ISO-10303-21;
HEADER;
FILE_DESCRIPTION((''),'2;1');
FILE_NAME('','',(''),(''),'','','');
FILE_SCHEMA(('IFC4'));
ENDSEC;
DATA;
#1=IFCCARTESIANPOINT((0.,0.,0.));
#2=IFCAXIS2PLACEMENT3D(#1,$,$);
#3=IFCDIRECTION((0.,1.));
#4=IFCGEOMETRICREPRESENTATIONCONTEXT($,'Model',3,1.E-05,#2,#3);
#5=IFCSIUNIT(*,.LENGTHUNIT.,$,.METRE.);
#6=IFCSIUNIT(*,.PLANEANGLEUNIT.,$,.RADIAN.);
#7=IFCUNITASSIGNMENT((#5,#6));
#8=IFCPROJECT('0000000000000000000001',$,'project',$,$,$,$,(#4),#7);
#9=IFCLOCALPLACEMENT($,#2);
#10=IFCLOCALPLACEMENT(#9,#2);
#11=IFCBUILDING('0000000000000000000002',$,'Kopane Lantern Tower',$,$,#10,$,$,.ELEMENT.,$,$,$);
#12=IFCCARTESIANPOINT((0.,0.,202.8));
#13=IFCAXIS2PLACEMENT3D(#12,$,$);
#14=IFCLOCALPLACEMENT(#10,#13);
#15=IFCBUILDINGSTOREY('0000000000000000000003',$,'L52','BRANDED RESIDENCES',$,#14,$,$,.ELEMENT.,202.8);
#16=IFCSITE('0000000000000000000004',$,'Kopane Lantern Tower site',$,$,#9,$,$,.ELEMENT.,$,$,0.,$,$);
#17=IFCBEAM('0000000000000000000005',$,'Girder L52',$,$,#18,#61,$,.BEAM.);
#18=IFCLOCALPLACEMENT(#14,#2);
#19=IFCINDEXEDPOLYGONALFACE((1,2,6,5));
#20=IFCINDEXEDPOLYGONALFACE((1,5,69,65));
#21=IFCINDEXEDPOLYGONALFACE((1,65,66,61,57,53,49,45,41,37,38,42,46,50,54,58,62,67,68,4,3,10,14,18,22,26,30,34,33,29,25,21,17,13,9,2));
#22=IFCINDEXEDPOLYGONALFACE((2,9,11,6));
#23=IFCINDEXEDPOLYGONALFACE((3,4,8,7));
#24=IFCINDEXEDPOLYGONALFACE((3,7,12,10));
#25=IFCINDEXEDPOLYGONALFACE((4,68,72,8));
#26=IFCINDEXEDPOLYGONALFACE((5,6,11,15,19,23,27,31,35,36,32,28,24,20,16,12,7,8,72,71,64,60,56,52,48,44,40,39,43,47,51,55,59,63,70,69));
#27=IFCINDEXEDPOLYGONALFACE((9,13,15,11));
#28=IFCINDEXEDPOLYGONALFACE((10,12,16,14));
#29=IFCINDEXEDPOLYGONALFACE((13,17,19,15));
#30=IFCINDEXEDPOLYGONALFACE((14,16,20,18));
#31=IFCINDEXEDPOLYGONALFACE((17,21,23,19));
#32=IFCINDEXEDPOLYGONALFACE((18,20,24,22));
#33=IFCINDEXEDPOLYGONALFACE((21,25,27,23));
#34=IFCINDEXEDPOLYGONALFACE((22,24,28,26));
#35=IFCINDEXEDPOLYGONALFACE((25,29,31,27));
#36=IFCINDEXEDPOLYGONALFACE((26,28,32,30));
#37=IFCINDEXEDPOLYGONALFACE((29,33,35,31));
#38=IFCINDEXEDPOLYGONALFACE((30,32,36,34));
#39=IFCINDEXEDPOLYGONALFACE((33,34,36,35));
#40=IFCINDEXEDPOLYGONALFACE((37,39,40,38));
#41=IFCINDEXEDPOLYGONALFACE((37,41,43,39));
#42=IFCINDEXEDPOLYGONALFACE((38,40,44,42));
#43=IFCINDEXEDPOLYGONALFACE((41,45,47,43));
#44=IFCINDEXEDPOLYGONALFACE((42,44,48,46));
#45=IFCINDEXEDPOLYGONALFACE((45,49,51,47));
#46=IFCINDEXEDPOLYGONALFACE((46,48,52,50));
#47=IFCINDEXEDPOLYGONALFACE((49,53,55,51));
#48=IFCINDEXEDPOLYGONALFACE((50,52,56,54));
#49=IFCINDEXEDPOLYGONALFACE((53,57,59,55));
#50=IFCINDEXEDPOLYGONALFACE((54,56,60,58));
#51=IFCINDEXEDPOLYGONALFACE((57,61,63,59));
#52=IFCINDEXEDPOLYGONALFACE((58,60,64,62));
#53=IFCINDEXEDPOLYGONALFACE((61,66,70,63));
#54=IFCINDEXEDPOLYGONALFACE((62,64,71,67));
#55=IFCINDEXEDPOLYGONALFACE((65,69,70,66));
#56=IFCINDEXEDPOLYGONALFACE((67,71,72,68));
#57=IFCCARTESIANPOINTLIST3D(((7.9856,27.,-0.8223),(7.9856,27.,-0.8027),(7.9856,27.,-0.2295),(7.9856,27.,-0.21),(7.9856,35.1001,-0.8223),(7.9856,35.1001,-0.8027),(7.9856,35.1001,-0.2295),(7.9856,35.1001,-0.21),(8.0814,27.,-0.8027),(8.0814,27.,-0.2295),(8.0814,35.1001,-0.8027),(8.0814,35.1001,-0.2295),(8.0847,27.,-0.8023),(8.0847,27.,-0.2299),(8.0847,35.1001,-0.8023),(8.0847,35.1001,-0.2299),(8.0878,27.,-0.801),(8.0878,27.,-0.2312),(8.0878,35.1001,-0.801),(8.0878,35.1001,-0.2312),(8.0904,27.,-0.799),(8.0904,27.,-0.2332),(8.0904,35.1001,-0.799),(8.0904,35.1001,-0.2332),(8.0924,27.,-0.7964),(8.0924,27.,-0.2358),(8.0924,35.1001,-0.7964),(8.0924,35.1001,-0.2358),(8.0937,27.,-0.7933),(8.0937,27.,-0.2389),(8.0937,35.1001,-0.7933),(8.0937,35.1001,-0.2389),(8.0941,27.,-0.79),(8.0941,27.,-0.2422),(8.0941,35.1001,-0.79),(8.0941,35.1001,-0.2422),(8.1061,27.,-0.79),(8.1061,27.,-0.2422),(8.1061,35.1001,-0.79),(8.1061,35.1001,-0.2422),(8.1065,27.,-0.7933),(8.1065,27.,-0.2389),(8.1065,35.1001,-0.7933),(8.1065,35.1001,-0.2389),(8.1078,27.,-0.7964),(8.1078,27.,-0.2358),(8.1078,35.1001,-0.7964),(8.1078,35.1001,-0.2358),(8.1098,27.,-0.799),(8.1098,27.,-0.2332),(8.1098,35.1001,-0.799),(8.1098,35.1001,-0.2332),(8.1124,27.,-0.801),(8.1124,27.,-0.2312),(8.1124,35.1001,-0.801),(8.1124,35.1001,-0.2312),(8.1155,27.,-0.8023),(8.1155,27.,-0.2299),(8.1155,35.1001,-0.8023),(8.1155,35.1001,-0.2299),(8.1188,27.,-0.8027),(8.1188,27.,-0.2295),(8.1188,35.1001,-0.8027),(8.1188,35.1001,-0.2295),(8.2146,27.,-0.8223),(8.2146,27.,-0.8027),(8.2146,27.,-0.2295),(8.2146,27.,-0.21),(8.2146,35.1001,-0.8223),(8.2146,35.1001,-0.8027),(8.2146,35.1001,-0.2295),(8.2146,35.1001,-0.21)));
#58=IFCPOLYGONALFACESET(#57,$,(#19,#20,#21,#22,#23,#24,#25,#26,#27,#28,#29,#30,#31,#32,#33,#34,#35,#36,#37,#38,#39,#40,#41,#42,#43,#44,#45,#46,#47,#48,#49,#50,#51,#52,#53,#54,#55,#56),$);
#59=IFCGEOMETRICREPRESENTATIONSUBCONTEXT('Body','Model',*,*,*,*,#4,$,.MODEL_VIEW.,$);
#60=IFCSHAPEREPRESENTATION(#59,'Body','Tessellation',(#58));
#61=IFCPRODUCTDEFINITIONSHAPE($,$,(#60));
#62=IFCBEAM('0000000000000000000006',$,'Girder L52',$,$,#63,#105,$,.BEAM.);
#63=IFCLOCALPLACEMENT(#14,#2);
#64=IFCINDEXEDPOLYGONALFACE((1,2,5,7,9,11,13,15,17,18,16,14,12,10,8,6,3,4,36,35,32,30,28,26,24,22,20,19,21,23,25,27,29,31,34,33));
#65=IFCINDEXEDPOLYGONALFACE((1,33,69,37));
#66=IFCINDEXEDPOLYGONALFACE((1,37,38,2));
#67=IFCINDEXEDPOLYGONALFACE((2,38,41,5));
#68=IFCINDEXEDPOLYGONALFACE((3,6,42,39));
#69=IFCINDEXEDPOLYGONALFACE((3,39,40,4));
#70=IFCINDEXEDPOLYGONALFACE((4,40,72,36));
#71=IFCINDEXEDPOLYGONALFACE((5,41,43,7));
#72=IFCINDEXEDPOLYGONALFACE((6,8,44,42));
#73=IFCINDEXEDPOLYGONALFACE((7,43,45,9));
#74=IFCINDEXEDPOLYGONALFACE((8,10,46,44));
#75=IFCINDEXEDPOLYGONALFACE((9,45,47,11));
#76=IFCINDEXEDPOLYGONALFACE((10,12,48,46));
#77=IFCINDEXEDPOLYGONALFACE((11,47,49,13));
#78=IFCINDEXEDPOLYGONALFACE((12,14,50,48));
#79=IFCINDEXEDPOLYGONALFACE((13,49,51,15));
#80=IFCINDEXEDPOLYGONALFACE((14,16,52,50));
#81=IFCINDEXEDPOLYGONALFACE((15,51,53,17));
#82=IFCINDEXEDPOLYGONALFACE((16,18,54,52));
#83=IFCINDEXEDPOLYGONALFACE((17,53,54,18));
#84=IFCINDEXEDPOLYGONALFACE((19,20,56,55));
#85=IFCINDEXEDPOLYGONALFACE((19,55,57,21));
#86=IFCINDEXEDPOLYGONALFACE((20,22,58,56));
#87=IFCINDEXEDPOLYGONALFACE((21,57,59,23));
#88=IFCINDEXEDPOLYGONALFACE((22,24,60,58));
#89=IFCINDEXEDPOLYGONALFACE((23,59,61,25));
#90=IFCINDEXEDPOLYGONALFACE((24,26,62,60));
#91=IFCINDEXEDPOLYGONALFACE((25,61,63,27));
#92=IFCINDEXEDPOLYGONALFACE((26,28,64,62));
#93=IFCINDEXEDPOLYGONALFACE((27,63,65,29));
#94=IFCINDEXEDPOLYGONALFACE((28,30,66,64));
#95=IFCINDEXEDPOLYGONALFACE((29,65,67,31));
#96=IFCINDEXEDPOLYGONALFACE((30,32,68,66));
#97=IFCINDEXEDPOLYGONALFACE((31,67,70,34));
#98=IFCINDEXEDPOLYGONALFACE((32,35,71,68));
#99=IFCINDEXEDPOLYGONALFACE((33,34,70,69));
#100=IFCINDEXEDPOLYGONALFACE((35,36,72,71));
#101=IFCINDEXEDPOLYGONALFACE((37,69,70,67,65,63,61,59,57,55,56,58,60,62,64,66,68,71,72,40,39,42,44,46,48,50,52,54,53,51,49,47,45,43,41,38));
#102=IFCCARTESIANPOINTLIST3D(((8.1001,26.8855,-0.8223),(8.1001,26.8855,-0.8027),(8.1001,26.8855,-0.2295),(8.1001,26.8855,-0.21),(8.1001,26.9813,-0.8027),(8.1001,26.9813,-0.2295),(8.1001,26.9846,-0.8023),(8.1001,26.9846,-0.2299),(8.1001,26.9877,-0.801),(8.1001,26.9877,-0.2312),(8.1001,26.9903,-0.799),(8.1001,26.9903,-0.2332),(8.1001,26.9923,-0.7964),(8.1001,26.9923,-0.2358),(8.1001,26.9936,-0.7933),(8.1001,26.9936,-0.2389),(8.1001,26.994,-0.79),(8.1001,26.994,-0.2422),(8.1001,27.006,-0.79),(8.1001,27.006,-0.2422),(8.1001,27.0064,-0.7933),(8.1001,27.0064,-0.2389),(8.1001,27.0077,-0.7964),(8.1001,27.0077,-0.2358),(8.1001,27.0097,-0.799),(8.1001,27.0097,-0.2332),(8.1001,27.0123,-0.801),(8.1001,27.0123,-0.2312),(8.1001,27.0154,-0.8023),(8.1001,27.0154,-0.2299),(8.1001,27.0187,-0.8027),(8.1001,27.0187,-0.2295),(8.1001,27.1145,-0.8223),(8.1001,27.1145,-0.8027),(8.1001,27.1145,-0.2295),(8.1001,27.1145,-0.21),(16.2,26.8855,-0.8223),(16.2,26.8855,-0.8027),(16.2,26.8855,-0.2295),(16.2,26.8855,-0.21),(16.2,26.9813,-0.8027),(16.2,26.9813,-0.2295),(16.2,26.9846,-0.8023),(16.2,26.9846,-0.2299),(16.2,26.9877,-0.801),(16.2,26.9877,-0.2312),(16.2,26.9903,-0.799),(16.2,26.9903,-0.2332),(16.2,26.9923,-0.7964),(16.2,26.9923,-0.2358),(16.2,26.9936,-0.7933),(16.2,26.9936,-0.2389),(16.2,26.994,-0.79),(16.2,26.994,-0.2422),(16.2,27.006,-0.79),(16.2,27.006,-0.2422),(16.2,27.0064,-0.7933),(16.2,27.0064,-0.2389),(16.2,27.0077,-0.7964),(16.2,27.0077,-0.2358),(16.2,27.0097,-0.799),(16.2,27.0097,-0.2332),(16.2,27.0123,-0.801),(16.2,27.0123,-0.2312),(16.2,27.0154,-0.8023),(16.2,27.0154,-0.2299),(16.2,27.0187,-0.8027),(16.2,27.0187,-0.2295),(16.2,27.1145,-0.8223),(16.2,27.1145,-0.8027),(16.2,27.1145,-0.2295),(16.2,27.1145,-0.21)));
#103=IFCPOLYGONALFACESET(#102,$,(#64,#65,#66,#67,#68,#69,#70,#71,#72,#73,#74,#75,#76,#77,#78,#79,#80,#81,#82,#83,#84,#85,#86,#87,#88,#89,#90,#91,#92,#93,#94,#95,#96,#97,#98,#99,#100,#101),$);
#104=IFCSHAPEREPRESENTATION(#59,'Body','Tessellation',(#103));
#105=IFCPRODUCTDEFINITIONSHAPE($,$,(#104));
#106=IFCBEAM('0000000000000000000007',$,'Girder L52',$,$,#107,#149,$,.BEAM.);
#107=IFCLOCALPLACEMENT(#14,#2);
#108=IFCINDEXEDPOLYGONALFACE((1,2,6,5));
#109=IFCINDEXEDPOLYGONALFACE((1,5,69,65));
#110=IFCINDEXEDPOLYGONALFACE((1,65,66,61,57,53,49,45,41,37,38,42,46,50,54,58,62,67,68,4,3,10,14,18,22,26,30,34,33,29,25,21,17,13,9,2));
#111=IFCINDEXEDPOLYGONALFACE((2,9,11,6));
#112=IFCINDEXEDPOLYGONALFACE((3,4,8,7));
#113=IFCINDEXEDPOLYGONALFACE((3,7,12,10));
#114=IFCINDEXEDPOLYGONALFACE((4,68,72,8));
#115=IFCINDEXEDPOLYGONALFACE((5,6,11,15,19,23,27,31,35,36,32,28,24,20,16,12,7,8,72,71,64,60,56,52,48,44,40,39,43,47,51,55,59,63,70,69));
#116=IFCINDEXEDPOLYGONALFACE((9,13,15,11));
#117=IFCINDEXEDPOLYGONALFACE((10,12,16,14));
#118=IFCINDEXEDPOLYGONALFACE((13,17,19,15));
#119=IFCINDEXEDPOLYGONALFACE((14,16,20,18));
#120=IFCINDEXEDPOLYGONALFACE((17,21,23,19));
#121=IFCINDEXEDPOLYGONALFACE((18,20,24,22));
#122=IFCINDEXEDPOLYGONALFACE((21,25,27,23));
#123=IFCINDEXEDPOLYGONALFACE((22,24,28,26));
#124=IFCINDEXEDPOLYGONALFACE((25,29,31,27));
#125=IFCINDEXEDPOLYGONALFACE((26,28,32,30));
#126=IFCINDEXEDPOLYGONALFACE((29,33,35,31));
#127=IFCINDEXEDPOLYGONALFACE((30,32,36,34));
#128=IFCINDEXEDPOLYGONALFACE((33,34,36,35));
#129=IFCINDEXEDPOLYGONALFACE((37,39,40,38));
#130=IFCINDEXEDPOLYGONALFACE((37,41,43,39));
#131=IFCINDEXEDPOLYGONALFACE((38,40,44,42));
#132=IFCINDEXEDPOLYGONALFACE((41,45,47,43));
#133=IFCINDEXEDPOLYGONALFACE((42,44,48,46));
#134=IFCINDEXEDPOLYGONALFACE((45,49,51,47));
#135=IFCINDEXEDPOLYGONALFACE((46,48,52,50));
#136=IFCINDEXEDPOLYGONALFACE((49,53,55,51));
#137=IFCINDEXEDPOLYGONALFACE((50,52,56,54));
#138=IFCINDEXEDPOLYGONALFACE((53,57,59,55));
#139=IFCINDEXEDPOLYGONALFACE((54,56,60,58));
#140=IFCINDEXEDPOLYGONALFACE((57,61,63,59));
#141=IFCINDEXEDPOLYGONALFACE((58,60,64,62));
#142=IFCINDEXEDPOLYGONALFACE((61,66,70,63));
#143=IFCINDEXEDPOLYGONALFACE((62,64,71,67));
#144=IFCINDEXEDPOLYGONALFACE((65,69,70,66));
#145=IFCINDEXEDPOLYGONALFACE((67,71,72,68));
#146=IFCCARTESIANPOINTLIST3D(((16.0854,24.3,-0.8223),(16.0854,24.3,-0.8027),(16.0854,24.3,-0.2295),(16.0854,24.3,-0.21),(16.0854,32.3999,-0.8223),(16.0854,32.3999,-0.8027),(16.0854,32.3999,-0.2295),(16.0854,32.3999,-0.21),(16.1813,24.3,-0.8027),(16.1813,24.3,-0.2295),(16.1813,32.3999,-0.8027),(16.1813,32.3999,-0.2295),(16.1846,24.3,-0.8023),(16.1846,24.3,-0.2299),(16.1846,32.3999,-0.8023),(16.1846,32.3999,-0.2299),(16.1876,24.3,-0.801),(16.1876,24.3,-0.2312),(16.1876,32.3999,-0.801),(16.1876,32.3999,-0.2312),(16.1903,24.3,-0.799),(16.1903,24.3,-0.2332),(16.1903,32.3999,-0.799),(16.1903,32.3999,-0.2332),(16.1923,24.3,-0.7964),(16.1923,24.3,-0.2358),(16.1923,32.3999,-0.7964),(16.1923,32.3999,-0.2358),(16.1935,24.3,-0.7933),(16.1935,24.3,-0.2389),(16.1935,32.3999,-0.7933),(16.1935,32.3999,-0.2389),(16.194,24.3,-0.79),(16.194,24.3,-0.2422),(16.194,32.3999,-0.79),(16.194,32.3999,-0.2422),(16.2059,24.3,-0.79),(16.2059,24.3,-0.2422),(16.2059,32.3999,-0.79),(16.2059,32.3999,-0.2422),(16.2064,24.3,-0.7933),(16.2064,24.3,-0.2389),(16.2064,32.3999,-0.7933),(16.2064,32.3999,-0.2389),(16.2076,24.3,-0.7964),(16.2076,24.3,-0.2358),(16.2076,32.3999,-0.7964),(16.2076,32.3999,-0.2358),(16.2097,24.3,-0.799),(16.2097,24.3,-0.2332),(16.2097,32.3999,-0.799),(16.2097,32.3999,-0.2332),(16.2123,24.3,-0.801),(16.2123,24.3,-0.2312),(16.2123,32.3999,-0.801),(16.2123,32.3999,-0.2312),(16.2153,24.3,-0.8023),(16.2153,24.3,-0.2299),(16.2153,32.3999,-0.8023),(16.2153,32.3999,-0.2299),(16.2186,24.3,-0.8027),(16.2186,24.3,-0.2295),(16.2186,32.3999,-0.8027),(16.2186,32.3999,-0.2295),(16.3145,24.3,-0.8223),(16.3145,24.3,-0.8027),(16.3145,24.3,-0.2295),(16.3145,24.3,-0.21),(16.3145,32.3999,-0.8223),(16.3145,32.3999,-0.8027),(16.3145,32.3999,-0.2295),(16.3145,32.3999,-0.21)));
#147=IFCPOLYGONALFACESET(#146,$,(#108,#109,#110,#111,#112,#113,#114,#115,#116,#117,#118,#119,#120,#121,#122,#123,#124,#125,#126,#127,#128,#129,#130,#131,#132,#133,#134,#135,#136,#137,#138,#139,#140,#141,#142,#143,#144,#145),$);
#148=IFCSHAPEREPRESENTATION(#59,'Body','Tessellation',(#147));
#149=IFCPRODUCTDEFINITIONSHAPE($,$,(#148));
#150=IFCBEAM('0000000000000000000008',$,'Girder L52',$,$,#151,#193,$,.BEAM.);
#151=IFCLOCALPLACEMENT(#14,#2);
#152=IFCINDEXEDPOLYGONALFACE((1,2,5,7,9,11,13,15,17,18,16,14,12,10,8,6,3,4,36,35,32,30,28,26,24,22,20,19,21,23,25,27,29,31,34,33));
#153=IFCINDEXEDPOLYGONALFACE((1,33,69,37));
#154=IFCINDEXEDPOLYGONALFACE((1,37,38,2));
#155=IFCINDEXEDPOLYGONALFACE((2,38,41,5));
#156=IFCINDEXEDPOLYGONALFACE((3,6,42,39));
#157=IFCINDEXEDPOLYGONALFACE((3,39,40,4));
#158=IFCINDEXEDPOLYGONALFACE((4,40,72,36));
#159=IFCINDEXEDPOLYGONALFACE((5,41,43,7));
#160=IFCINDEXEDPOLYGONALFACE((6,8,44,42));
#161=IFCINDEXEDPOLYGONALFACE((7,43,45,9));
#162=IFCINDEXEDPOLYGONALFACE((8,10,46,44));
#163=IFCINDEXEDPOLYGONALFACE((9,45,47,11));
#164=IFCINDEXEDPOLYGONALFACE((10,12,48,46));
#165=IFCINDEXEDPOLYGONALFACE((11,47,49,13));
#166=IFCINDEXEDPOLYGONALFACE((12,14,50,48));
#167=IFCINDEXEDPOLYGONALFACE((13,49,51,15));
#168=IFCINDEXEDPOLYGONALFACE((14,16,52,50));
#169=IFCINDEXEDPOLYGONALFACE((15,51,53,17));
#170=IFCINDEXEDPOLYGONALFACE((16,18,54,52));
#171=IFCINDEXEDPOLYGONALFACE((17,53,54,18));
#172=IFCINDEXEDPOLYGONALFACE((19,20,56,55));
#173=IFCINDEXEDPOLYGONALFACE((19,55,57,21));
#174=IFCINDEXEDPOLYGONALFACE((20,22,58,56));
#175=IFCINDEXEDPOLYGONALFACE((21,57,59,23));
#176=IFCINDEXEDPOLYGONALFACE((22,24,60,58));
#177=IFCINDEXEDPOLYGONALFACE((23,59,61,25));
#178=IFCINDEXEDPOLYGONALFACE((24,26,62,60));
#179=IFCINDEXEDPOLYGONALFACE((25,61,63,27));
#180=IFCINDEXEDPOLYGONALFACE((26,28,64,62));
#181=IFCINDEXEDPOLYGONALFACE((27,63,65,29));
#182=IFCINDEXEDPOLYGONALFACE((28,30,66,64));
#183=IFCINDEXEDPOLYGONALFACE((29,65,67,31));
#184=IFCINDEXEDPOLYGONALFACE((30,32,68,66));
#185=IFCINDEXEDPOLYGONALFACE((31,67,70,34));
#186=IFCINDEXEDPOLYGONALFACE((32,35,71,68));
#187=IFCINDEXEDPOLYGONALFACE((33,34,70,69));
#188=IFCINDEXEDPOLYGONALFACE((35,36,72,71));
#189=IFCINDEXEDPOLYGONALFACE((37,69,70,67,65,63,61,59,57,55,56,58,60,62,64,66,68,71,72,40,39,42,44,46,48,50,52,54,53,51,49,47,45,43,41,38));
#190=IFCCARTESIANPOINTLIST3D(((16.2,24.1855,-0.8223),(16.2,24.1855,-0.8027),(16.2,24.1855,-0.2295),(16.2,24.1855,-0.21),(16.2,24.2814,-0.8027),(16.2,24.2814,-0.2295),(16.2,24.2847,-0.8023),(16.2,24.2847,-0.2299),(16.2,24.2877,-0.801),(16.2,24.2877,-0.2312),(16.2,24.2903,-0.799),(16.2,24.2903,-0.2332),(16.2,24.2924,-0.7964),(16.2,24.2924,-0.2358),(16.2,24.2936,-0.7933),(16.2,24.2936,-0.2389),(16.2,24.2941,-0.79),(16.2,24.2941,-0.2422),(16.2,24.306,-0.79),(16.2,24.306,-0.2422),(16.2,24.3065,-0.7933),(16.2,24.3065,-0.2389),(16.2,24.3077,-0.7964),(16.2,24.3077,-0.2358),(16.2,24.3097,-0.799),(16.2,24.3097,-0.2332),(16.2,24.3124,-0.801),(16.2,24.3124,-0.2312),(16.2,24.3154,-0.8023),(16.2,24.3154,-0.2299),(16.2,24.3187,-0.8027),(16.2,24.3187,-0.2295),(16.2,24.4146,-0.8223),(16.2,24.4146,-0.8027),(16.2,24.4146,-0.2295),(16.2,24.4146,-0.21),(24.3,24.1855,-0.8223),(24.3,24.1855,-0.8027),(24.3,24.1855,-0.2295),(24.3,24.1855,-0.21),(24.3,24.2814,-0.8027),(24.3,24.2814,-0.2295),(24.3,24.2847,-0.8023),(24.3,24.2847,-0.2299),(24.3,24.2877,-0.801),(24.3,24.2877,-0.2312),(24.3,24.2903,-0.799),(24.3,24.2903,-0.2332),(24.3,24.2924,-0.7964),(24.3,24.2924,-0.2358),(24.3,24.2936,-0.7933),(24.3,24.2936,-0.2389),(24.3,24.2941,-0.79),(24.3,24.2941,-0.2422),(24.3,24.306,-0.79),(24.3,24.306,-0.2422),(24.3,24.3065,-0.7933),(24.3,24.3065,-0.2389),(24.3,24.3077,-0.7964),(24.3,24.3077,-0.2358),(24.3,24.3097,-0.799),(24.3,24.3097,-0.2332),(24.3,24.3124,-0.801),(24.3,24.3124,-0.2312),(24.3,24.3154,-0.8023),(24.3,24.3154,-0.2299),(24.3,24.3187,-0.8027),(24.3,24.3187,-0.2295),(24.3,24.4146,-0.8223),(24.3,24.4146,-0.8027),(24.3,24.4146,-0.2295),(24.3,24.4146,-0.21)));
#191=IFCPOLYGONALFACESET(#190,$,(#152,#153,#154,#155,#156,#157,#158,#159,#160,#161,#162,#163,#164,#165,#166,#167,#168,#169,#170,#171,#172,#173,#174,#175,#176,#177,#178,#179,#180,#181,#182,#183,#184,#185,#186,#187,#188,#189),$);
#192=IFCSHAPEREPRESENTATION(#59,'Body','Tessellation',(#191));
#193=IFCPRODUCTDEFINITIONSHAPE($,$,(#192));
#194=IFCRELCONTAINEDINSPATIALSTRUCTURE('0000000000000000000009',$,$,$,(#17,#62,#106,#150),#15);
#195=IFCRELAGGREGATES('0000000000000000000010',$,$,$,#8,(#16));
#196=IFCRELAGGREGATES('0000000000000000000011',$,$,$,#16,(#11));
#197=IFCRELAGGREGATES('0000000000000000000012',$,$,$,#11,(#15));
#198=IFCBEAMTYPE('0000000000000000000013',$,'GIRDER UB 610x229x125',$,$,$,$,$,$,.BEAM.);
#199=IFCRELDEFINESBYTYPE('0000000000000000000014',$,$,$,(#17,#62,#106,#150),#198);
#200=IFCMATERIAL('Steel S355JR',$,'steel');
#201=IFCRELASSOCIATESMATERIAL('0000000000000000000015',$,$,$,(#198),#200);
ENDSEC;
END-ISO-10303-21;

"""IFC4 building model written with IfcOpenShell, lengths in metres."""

from ifc_helpers import new_model, si_unit, direction, frame, origin, origin_2d, place, context, subcontext, project, spatial, i_section, extrude, material, material_profile, profile_set, type_object, element, save


model = new_model("IFC4")

# Units and contexts
model_context = context("Model", 3, precision=1e-05, world=origin(), true_north=direction((0.0, 1.0)))
body_context = subcontext(model_context, "Body", "Model", "MODEL_VIEW")
ifc_project = project(units=[si_unit("LENGTHUNIT", "METRE"), si_unit("PLANEANGLEUNIT", "RADIAN")], contexts=[model_context])

# Site, building, storey
site_placement = place(None, origin())
site = spatial("IfcSite", under=ifc_project, at=site_placement, Name="Kopane Lantern Tower site", CompositionType="ELEMENT", RefElevation=0.0)
building_placement = place(site_placement, origin())
building = spatial("IfcBuilding", under=site, at=building_placement, Name="Kopane Lantern Tower", CompositionType="ELEMENT")
storey_placement = place(building_placement, frame((0.0, 0.0, 202.8)))
storey = spatial("IfcBuildingStorey", under=building, at=storey_placement, Name="L52", Description="BRANDED RESIDENCES", CompositionType="ELEMENT", Elevation=202.8)

# Beams
ifc_material_1 = material(Name="Steel S355JR", Category="steel")
ifc_material_profile_1 = material_profile(ifc_material_1, i_section(OverallWidth=0.229, OverallDepth=0.6123, WebThickness=0.012, FlangeThickness=0.0195, FilletRadius=0.0127, at=origin_2d()), Name="UB 610x229x125")
ifc_profile_set_1 = profile_set([ifc_material_profile_1], Name="Steel S355JR")
beam_type = type_object("IfcBeamType", Name="GIRDER UB 610x229x125", PredefinedType="BEAM", material=ifc_profile_set_1)
for number, where, z_axis, x_axis, name in (
    (1, (8.1001, 27.0, -0.5161), (0.0, 1.0, 0.0), (-1.0, 0.0, 0.0), "Girder L52"),
):
    element("IfcBeam", number, at=place(storey_placement, frame(where, z_axis=z_axis, x_axis=x_axis)), inside=storey, type_object=beam_type, Name=name, PredefinedType="BEAM", context=body_context, shape_type="SweptSolid", body=[
        extrude(i_section(OverallWidth=0.229, OverallDepth=0.6123, WebThickness=0.012, FlangeThickness=0.0195, FilletRadius=0.0127, at=origin_2d()), origin(), (0.0, 0.0, 1.0), 8.1001),
    ])
for number, where, z_axis, x_axis, name in (
    (2, (8.1001, 27.0, -0.5161), (1.0, 0.0, 0.0), (0.0, 1.0, 0.0), "Girder L52"),
    (3, (16.2, 24.3, -0.5161), (0.0, 1.0, 0.0), (-1.0, 0.0, 0.0), "Girder L52"),
):
    element("IfcBeam", number, at=place(storey_placement, frame(where, z_axis=z_axis, x_axis=x_axis)), inside=storey, type_object=beam_type, Name=name, PredefinedType="BEAM", context=body_context, shape_type="SweptSolid", body=[
        extrude(i_section(OverallWidth=0.229, OverallDepth=0.6123, WebThickness=0.012, FlangeThickness=0.0195, FilletRadius=0.0127, at=origin_2d()), origin(), (0.0, 0.0, 1.0), 8.0999),
    ])
beam_placement = place(storey_placement, frame((16.2, 24.3, -0.5161), z_axis=(1.0, 0.0, 0.0), x_axis=(0.0, 1.0, 0.0)))
element("IfcBeam", 4, at=beam_placement, inside=storey, type_object=beam_type, Name="Girder L52", PredefinedType="BEAM", context=body_context, shape_type="SweptSolid", body=[
    extrude(i_section(OverallWidth=0.229, OverallDepth=0.6123, WebThickness=0.012, FlangeThickness=0.0195, FilletRadius=0.0127, at=origin_2d()), origin(), (0.0, 0.0, 1.0), 8.1001),
])

save(model, "model.ifc")
